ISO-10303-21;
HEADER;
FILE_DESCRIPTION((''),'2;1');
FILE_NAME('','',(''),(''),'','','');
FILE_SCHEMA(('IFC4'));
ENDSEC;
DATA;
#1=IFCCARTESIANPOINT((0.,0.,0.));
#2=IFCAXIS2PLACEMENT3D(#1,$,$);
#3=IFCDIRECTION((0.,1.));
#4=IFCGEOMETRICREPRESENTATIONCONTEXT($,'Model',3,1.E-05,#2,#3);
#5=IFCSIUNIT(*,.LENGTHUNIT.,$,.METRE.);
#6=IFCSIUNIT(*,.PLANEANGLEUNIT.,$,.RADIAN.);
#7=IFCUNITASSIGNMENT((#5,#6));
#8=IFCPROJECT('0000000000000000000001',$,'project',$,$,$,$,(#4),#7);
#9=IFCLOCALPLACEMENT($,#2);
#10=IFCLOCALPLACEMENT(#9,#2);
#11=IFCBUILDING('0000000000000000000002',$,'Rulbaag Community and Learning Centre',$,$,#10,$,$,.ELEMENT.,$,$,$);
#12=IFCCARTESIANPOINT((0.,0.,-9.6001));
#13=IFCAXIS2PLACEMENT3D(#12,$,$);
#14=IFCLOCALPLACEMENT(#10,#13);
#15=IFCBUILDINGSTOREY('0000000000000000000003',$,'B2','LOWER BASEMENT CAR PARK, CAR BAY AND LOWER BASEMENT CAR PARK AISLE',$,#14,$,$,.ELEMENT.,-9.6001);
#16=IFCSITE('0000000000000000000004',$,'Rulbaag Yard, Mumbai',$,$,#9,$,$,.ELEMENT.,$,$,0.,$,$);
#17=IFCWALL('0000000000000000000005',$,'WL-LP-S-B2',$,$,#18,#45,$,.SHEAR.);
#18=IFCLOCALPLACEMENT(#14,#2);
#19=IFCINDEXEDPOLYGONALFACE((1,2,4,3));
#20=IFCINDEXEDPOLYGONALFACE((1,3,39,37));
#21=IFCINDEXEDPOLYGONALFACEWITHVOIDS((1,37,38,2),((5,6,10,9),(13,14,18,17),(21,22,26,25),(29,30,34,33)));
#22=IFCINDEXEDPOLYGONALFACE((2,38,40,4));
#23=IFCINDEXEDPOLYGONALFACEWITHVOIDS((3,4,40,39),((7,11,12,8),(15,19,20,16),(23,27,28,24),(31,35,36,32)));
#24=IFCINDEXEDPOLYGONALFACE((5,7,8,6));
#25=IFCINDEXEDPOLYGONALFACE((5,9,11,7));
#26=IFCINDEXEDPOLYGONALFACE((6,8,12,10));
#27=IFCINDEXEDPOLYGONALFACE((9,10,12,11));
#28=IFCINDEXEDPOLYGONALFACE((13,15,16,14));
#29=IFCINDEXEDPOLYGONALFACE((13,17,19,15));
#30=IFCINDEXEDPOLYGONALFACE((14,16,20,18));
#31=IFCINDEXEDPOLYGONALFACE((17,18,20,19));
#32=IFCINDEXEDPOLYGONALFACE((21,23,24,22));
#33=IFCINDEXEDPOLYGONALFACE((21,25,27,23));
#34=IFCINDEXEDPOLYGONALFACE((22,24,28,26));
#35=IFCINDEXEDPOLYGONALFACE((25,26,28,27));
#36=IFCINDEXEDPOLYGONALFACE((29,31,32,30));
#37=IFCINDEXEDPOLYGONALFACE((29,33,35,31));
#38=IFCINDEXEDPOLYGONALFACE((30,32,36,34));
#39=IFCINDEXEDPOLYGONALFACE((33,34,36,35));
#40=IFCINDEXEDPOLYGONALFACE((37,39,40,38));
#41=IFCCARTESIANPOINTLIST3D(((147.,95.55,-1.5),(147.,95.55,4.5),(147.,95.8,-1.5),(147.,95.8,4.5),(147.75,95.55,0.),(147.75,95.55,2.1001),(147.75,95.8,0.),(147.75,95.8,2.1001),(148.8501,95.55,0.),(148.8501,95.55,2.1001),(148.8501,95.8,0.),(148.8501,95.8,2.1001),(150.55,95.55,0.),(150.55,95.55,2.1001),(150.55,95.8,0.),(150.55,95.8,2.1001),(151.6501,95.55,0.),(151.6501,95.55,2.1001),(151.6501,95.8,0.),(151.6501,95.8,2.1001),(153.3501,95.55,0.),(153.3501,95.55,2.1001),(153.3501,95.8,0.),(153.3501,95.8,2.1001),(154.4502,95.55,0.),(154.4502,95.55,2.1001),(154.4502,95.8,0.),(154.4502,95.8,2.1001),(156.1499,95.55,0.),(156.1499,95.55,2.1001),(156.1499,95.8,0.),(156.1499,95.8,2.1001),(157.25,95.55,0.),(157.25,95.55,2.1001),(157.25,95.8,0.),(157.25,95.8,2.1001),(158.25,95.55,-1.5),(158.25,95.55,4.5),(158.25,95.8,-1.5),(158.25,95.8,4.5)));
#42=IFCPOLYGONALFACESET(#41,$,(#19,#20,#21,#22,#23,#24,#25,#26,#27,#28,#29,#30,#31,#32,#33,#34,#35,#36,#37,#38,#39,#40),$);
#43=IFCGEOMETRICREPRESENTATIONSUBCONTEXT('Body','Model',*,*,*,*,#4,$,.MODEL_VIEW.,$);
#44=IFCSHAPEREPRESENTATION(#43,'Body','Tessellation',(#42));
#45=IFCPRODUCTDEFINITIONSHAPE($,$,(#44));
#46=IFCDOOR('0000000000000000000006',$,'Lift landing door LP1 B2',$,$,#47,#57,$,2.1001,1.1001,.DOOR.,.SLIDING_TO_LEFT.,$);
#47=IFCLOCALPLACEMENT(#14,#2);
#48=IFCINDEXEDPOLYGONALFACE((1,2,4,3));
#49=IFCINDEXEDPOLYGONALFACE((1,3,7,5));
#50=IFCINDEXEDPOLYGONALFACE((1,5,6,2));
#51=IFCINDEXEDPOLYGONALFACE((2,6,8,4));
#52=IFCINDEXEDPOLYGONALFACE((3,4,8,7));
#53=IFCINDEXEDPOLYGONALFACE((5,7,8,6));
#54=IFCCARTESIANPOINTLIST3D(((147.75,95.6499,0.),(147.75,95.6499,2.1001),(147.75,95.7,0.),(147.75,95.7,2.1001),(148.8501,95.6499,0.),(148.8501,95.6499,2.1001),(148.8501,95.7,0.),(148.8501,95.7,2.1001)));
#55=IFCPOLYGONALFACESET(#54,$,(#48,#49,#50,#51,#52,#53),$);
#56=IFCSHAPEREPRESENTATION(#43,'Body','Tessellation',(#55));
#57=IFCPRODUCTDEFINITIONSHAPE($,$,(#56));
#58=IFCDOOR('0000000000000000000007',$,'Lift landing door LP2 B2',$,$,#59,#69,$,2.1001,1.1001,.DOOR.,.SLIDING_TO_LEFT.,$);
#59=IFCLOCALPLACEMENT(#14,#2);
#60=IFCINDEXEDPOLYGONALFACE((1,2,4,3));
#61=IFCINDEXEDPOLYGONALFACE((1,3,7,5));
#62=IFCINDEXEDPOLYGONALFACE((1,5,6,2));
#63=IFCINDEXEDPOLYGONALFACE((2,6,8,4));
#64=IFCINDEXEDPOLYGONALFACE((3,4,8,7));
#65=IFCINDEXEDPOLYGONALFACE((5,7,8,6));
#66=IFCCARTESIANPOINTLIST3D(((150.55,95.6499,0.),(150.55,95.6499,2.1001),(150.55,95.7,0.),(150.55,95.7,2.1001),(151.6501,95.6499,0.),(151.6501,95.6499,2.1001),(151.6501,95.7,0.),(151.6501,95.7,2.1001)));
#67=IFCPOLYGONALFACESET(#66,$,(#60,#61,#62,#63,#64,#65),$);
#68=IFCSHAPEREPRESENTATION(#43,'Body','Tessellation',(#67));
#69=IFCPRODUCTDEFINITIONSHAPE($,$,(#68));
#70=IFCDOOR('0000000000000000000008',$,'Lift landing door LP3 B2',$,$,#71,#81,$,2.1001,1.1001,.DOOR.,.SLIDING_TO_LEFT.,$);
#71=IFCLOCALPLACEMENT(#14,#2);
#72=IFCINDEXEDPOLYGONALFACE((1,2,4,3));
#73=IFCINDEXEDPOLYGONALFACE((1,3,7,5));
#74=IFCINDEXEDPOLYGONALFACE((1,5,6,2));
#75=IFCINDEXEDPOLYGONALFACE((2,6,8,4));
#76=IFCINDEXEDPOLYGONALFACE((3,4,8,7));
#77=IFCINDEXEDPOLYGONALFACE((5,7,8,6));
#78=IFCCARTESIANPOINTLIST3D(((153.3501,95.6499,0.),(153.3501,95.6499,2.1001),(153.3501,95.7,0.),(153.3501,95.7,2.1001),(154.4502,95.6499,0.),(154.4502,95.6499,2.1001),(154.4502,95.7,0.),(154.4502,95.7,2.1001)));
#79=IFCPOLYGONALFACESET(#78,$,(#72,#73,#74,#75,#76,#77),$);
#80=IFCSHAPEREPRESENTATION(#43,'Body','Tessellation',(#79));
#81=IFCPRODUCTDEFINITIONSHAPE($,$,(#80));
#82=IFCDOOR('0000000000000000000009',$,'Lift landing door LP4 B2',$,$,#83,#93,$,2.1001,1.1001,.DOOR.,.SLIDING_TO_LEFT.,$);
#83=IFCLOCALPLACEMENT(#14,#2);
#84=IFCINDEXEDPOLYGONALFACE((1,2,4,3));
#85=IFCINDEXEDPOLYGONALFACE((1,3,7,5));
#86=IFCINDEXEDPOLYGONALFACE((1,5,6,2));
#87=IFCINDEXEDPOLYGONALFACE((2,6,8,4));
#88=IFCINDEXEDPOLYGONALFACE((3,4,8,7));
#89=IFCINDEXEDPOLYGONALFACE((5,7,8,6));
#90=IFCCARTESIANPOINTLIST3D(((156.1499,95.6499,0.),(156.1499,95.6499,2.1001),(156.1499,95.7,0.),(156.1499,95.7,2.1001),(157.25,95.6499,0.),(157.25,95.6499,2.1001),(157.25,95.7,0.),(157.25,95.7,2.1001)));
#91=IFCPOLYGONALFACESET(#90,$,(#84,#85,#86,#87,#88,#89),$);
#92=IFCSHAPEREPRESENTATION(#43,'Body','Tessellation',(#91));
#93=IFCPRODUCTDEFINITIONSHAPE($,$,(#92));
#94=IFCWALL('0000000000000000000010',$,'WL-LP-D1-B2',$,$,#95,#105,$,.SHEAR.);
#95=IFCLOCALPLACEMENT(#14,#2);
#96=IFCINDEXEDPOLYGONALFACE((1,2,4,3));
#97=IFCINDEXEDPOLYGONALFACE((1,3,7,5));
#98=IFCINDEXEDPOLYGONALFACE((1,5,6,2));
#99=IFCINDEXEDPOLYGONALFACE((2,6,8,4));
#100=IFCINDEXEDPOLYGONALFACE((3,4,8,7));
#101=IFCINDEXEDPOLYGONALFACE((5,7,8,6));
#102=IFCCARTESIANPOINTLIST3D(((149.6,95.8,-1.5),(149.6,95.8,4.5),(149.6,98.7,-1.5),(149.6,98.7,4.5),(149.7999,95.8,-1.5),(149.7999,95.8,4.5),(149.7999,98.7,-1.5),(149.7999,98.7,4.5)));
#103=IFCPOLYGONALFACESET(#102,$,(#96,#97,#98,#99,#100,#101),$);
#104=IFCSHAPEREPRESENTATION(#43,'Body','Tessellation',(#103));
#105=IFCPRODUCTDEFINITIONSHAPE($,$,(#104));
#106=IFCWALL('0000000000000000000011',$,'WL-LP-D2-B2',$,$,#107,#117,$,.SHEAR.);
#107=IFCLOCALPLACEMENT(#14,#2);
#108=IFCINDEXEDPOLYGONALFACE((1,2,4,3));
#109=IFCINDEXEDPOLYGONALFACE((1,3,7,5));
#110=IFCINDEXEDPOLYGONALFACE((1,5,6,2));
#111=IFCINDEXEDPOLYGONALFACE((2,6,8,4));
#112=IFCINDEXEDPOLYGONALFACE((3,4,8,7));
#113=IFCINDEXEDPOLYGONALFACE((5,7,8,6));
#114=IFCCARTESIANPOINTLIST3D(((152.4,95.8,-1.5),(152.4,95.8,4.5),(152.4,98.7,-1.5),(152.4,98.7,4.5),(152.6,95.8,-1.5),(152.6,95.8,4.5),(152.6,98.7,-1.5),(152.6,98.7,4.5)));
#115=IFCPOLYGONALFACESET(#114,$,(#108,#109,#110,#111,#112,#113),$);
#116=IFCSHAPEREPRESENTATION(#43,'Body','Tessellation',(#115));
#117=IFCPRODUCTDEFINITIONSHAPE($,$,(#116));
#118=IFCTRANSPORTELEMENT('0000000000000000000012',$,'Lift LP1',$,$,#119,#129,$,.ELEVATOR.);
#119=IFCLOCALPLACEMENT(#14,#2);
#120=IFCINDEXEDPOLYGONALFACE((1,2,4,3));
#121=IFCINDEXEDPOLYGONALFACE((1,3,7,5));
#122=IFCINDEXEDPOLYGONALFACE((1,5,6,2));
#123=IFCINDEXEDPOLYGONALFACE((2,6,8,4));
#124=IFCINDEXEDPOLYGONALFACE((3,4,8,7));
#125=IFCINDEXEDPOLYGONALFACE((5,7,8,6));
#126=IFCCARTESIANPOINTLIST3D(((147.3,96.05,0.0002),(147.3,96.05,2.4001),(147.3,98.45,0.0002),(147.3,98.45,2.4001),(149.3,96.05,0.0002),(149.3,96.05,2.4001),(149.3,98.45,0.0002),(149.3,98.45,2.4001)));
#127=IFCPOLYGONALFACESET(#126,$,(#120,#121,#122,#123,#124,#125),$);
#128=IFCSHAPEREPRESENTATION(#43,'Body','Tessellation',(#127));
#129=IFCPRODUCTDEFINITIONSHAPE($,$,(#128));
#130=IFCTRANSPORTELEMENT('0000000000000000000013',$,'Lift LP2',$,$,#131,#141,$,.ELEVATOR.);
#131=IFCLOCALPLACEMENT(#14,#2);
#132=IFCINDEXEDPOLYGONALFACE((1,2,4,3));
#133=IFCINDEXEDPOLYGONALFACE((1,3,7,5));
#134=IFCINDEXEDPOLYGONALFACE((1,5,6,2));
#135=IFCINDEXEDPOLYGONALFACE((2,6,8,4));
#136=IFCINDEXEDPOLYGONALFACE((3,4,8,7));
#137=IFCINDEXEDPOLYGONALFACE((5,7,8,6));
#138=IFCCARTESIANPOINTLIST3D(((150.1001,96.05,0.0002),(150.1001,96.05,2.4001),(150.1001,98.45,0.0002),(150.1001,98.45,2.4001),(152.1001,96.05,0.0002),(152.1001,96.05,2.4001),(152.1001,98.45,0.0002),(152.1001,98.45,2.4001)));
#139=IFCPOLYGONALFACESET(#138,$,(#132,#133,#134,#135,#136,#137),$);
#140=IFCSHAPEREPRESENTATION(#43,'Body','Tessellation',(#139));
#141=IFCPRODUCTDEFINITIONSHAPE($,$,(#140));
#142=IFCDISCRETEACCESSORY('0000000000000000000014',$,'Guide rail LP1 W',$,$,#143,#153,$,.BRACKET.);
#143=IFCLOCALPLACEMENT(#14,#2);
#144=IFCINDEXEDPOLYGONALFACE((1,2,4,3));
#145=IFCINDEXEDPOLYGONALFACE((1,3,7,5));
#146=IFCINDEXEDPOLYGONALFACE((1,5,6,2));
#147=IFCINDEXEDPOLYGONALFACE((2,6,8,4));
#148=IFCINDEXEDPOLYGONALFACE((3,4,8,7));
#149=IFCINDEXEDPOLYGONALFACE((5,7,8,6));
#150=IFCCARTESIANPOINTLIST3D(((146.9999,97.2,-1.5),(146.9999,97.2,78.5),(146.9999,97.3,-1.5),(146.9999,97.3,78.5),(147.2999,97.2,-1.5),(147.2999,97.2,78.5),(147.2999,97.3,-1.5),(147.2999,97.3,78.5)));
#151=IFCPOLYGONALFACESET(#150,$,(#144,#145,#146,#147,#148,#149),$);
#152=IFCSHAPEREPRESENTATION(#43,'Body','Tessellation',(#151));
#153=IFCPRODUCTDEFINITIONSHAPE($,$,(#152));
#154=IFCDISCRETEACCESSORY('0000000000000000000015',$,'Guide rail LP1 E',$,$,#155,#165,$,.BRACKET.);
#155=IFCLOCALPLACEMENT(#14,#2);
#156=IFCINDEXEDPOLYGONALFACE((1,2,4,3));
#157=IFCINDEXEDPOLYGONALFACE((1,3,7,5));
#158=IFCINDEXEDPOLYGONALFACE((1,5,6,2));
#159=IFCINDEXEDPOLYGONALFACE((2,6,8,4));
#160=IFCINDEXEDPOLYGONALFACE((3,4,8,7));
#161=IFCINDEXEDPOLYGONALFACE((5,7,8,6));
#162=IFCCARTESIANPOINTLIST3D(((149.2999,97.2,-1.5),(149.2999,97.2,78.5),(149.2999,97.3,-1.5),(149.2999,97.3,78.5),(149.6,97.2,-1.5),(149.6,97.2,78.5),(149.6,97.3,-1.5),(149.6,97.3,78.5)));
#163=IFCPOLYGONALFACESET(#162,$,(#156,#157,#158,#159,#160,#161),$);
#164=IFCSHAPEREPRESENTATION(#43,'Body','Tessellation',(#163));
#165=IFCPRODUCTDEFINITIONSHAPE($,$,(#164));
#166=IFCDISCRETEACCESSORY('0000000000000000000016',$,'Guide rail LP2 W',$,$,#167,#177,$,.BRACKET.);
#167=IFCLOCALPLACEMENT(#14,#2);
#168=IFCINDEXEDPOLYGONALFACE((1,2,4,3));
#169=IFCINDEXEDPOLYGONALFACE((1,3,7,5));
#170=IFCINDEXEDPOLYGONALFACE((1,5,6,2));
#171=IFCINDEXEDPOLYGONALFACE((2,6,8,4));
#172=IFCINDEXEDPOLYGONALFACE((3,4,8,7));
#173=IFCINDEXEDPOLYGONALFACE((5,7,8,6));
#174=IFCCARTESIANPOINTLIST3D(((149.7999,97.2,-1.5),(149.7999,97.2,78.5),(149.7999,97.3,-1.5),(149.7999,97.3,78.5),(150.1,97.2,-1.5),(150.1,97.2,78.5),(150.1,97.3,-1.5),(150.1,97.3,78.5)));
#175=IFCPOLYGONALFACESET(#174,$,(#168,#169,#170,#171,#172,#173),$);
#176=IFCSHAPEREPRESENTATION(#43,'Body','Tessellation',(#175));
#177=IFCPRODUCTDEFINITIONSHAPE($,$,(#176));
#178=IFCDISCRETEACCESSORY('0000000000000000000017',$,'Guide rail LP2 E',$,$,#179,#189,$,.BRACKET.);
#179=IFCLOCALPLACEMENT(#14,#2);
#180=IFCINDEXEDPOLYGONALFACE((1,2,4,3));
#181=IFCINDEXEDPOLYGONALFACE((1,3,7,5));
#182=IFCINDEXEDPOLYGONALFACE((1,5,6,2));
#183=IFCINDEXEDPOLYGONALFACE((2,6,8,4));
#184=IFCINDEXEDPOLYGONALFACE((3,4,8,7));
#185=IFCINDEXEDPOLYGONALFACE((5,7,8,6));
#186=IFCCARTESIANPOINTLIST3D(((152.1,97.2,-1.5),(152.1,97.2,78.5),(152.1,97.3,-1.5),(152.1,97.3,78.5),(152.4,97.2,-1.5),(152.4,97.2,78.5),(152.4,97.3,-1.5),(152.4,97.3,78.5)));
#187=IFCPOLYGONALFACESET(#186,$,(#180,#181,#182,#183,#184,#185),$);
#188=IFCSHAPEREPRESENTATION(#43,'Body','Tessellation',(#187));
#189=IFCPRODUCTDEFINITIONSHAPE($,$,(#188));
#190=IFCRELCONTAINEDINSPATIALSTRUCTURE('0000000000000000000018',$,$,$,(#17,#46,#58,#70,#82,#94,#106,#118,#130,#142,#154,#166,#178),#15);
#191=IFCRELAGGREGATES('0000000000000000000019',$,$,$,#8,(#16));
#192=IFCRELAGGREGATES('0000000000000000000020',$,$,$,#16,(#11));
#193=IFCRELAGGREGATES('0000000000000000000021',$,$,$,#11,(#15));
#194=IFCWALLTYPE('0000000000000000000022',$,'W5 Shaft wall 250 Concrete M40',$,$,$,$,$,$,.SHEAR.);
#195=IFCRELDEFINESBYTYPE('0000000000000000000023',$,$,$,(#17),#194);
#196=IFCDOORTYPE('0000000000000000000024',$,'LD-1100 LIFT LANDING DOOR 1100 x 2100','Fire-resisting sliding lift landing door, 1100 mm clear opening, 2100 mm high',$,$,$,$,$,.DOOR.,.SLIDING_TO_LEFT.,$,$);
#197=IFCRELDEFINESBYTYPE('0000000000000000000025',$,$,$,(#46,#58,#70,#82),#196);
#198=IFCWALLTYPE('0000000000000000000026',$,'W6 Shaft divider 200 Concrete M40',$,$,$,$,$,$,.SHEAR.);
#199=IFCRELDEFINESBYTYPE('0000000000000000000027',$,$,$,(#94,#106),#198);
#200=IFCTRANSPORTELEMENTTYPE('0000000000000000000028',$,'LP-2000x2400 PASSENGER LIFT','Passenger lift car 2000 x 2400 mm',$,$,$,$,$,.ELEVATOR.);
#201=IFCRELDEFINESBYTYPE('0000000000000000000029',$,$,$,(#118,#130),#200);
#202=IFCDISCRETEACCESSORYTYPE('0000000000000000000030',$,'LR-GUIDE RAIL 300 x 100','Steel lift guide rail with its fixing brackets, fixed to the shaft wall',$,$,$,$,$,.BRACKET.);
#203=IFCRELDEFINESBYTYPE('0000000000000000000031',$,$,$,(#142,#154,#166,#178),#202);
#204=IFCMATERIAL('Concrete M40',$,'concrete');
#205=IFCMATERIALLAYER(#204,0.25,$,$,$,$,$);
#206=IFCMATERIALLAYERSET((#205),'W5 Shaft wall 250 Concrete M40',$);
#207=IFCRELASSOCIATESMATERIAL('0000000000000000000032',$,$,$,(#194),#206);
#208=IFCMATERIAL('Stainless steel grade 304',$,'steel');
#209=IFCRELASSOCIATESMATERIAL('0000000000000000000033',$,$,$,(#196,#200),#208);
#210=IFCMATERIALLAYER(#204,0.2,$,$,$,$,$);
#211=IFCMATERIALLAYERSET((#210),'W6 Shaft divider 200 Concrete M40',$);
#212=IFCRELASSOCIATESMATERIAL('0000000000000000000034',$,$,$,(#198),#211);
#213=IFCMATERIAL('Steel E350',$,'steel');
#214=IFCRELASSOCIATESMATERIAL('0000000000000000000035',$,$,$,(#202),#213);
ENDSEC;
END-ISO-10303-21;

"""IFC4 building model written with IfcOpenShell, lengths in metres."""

from ifc_helpers import new_model, si_unit, direction, frame, frame_2d, origin, origin_2d, place, context, subcontext, project, spatial, rectangle, extrude, material, layer, layer_set, type_object, element, fill, save


model = new_model("IFC4")

# Units and contexts
model_context = context("Model", 3, precision=1e-05, world=origin(), true_north=direction((0.0, 1.0)))
body_context = subcontext(model_context, "Body", "Model", "MODEL_VIEW")
ifc_project = project(units=[si_unit("LENGTHUNIT", "METRE"), si_unit("PLANEANGLEUNIT", "RADIAN")], contexts=[model_context])

# Site, building, storey
site_placement = place(None, origin())
site = spatial("IfcSite", under=ifc_project, at=site_placement, Name="Rulbaag Yard, Mumbai", CompositionType="ELEMENT", RefElevation=0.0)
building_placement = place(site_placement, origin())
building = spatial("IfcBuilding", under=site, at=building_placement, Name="Rulbaag Community and Learning Centre", CompositionType="ELEMENT")
storey_placement = place(building_placement, frame((0.0, 0.0, -9.6001)))
storey = spatial("IfcBuildingStorey", under=building, at=storey_placement, Name="B2", Description="LOWER BASEMENT CAR PARK, CAR BAY AND LOWER BASEMENT CAR PARK AISLE", CompositionType="ELEMENT", Elevation=-9.6001)

# Wall, openings, doors
ifc_material_1 = material(Name="Concrete M40", Category="concrete")
ifc_layer_1 = layer(ifc_material_1, 0.25)
ifc_layer_set_1 = layer_set([ifc_layer_1], Name="W5 Shaft wall 250 Concrete M40")
wall_type_1 = type_object("IfcWallType", Name="W5 Shaft wall 250 Concrete M40", PredefinedType="SHEAR", material=ifc_layer_set_1)
wall_placement = place(storey_placement, frame((147.0, 95.675, -1.5), z_axis=(0.0, 0.0, 1.0), x_axis=(1.0, 0.0, 0.0)))
wall = element("IfcWall", 1, at=wall_placement, inside=storey, type_object=wall_type_1, Name="WL-LP-S-B2", PredefinedType="SHEAR", context=body_context, shape_type="SweptSolid", body=[
    extrude(rectangle(XDim=11.25, YDim=0.25, at=frame_2d((5.625, 0.0))), origin(), (0.0, 0.0, 1.0), 6.0),
])
opening_1_placement = place(wall_placement, frame((0.75, 0.0, 1.5)))
opening_1 = element("IfcOpeningElement", 2, at=opening_1_placement, cuts=wall, PredefinedType="OPENING", context=body_context, shape_type="SweptSolid", body=[
    extrude(rectangle(XDim=1.1001, YDim=2.1001, at=frame_2d((0.55, 1.05))), frame((0.0, 0.135, 0.0), z_axis=(0.0, -1.0, 0.0), x_axis=(1.0, 0.0, 0.0)), (0.0, 0.0, 1.0), 0.27),
])
opening_2_placement = place(wall_placement, frame((3.55, 0.0, 1.5)))
opening_2 = element("IfcOpeningElement", 3, at=opening_2_placement, cuts=wall, PredefinedType="OPENING", context=body_context, shape_type="SweptSolid", body=[
    extrude(rectangle(XDim=1.1001, YDim=2.1001, at=frame_2d((0.55, 1.05))), frame((0.0, 0.135, 0.0), z_axis=(0.0, -1.0, 0.0), x_axis=(1.0, 0.0, 0.0)), (0.0, 0.0, 1.0), 0.27),
])
opening_3_placement = place(wall_placement, frame((6.3501, 0.0, 1.5)))
opening_3 = element("IfcOpeningElement", 4, at=opening_3_placement, cuts=wall, PredefinedType="OPENING", context=body_context, shape_type="SweptSolid", body=[
    extrude(rectangle(XDim=1.1001, YDim=2.1001, at=frame_2d((0.55, 1.05))), frame((0.0, 0.135, 0.0), z_axis=(0.0, -1.0, 0.0), x_axis=(1.0, 0.0, 0.0)), (0.0, 0.0, 1.0), 0.27),
])
opening_4_placement = place(wall_placement, frame((9.1499, 0.0, 1.5)))
opening_4 = element("IfcOpeningElement", 5, at=opening_4_placement, cuts=wall, PredefinedType="OPENING", context=body_context, shape_type="SweptSolid", body=[
    extrude(rectangle(XDim=1.1001, YDim=2.1001, at=frame_2d((0.55, 1.05))), frame((0.0, 0.135, 0.0), z_axis=(0.0, -1.0, 0.0), x_axis=(1.0, 0.0, 0.0)), (0.0, 0.0, 1.0), 0.27),
])
ifc_material_2 = material(Name="Stainless steel grade 304", Category="steel")
door_type = type_object("IfcDoorType", Name="LD-1100 LIFT LANDING DOOR 1100 x 2100", Description="Fire-resisting sliding lift landing door, 1100 mm clear opening, 2100 mm high", OperationType="SLIDING_TO_LEFT", PredefinedType="DOOR", material=ifc_material_2)
door_1_placement = place(opening_1_placement, origin())
door_1 = element("IfcDoor", 6, at=door_1_placement, inside=storey, type_object=door_type, Name="Lift landing door LP1 B2", OperationType="SLIDING_TO_LEFT", OverallHeight=2.1001, OverallWidth=1.1001, PredefinedType="DOOR", context=body_context, shape_type="SweptSolid", body=[
    extrude(rectangle(XDim=1.1001, YDim=2.1001, at=frame_2d((0.55, 1.05))), frame((0.0, 0.0249, 0.0), z_axis=(0.0, -1.0, 0.0), x_axis=(1.0, 0.0, 0.0)), (0.0, 0.0, 1.0), 0.05),
])
fill(opening_1, door_1)
door_2_placement = place(opening_2_placement, origin())
door_2 = element("IfcDoor", 7, at=door_2_placement, inside=storey, type_object=door_type, Name="Lift landing door LP2 B2", OperationType="SLIDING_TO_LEFT", OverallHeight=2.1001, OverallWidth=1.1001, PredefinedType="DOOR", context=body_context, shape_type="SweptSolid", body=[
    extrude(rectangle(XDim=1.1001, YDim=2.1001, at=frame_2d((0.55, 1.05))), frame((0.0, 0.0249, 0.0), z_axis=(0.0, -1.0, 0.0), x_axis=(1.0, 0.0, 0.0)), (0.0, 0.0, 1.0), 0.05),
])
fill(opening_2, door_2)
door_3_placement = place(opening_3_placement, origin())
door_3 = element("IfcDoor", 8, at=door_3_placement, inside=storey, type_object=door_type, Name="Lift landing door LP3 B2", OperationType="SLIDING_TO_LEFT", OverallHeight=2.1001, OverallWidth=1.1001, PredefinedType="DOOR", context=body_context, shape_type="SweptSolid", body=[
    extrude(rectangle(XDim=1.1001, YDim=2.1001, at=frame_2d((0.55, 1.05))), frame((0.0, 0.0249, 0.0), z_axis=(0.0, -1.0, 0.0), x_axis=(1.0, 0.0, 0.0)), (0.0, 0.0, 1.0), 0.05),
])
fill(opening_3, door_3)
door_4_placement = place(opening_4_placement, origin())
door_4 = element("IfcDoor", 9, at=door_4_placement, inside=storey, type_object=door_type, Name="Lift landing door LP4 B2", OperationType="SLIDING_TO_LEFT", OverallHeight=2.1001, OverallWidth=1.1001, PredefinedType="DOOR", context=body_context, shape_type="SweptSolid", body=[
    extrude(rectangle(XDim=1.1001, YDim=2.1001, at=frame_2d((0.55, 1.05))), frame((0.0, 0.0249, 0.0), z_axis=(0.0, -1.0, 0.0), x_axis=(1.0, 0.0, 0.0)), (0.0, 0.0, 1.0), 0.05),
])
fill(opening_4, door_4)

# Walls
ifc_layer_2 = layer(ifc_material_1, 0.2)
ifc_layer_set_2 = layer_set([ifc_layer_2], Name="W6 Shaft divider 200 Concrete M40")
wall_type_2 = type_object("IfcWallType", Name="W6 Shaft divider 200 Concrete M40", PredefinedType="SHEAR", material=ifc_layer_set_2)
for number, where, z_axis, x_axis, name in (
    (10, (149.7, 95.8, -1.5), (0.0, 0.0, 1.0), (0.0, 1.0, 0.0), "WL-LP-D1-B2"),
    (11, (152.5, 95.8, -1.5), (0.0, 0.0, 1.0), (0.0, 1.0, 0.0), "WL-LP-D2-B2"),
):
    element("IfcWall", number, at=place(storey_placement, frame(where, z_axis=z_axis, x_axis=x_axis)), inside=storey, type_object=wall_type_2, Name=name, PredefinedType="SHEAR", context=body_context, shape_type="SweptSolid", body=[
        extrude(rectangle(XDim=2.8999, YDim=0.2, at=frame_2d((1.45, 0.0))), origin(), (0.0, 0.0, 1.0), 6.0),
    ])

# Transport elements
transport_element_type = type_object("IfcTransportElementType", Name="LP-2000x2400 PASSENGER LIFT", Description="Passenger lift car 2000 x 2400 mm", PredefinedType="ELEVATOR", material=ifc_material_2)
for number, where, z_axis, x_axis, name in (
    (12, (148.3, 97.25, 0.0002), (0.0, 0.0, 1.0), (1.0, 0.0, 0.0), "Lift LP1"),
    (13, (151.1001, 97.25, 0.0002), (0.0, 0.0, 1.0), (1.0, 0.0, 0.0), "Lift LP2"),
):
    element("IfcTransportElement", number, at=place(storey_placement, frame(where, z_axis=z_axis, x_axis=x_axis)), inside=storey, type_object=transport_element_type, Name=name, PredefinedType="ELEVATOR", context=body_context, shape_type="SweptSolid", body=[
        extrude(rectangle(XDim=2.0, YDim=2.3999, at=origin_2d()), origin(), (0.0, 0.0, 1.0), 2.3999),
    ])

# Discrete accessories
ifc_material_3 = material(Name="Steel E350", Category="steel")
discrete_accessory_type = type_object("IfcDiscreteAccessoryType", Name="LR-GUIDE RAIL 300 x 100", Description="Steel lift guide rail with its fixing brackets, fixed to the shaft wall", PredefinedType="BRACKET", material=ifc_material_3)
for number, where, z_axis, x_axis, name in (
    (14, (147.1499, 97.25, -1.5), (0.0, 0.0, 1.0), (1.0, 0.0, 0.0), "Guide rail LP1 W"),
    (15, (149.45, 97.25, -1.5), (0.0, 0.0, 1.0), (1.0, 0.0, 0.0), "Guide rail LP1 E"),
    (16, (149.95, 97.25, -1.5), (0.0, 0.0, 1.0), (1.0, 0.0, 0.0), "Guide rail LP2 W"),
    (17, (152.25, 97.25, -1.5), (0.0, 0.0, 1.0), (1.0, 0.0, 0.0), "Guide rail LP2 E"),
):
    element("IfcDiscreteAccessory", number, at=place(storey_placement, frame(where, z_axis=z_axis, x_axis=x_axis)), inside=storey, type_object=discrete_accessory_type, Name=name, PredefinedType="BRACKET", context=body_context, shape_type="SweptSolid", body=[
        extrude(rectangle(XDim=0.3, YDim=0.1001, at=origin_2d()), origin(), (0.0, 0.0, 1.0), 80.0),
    ])

save(model, "model.ifc")
